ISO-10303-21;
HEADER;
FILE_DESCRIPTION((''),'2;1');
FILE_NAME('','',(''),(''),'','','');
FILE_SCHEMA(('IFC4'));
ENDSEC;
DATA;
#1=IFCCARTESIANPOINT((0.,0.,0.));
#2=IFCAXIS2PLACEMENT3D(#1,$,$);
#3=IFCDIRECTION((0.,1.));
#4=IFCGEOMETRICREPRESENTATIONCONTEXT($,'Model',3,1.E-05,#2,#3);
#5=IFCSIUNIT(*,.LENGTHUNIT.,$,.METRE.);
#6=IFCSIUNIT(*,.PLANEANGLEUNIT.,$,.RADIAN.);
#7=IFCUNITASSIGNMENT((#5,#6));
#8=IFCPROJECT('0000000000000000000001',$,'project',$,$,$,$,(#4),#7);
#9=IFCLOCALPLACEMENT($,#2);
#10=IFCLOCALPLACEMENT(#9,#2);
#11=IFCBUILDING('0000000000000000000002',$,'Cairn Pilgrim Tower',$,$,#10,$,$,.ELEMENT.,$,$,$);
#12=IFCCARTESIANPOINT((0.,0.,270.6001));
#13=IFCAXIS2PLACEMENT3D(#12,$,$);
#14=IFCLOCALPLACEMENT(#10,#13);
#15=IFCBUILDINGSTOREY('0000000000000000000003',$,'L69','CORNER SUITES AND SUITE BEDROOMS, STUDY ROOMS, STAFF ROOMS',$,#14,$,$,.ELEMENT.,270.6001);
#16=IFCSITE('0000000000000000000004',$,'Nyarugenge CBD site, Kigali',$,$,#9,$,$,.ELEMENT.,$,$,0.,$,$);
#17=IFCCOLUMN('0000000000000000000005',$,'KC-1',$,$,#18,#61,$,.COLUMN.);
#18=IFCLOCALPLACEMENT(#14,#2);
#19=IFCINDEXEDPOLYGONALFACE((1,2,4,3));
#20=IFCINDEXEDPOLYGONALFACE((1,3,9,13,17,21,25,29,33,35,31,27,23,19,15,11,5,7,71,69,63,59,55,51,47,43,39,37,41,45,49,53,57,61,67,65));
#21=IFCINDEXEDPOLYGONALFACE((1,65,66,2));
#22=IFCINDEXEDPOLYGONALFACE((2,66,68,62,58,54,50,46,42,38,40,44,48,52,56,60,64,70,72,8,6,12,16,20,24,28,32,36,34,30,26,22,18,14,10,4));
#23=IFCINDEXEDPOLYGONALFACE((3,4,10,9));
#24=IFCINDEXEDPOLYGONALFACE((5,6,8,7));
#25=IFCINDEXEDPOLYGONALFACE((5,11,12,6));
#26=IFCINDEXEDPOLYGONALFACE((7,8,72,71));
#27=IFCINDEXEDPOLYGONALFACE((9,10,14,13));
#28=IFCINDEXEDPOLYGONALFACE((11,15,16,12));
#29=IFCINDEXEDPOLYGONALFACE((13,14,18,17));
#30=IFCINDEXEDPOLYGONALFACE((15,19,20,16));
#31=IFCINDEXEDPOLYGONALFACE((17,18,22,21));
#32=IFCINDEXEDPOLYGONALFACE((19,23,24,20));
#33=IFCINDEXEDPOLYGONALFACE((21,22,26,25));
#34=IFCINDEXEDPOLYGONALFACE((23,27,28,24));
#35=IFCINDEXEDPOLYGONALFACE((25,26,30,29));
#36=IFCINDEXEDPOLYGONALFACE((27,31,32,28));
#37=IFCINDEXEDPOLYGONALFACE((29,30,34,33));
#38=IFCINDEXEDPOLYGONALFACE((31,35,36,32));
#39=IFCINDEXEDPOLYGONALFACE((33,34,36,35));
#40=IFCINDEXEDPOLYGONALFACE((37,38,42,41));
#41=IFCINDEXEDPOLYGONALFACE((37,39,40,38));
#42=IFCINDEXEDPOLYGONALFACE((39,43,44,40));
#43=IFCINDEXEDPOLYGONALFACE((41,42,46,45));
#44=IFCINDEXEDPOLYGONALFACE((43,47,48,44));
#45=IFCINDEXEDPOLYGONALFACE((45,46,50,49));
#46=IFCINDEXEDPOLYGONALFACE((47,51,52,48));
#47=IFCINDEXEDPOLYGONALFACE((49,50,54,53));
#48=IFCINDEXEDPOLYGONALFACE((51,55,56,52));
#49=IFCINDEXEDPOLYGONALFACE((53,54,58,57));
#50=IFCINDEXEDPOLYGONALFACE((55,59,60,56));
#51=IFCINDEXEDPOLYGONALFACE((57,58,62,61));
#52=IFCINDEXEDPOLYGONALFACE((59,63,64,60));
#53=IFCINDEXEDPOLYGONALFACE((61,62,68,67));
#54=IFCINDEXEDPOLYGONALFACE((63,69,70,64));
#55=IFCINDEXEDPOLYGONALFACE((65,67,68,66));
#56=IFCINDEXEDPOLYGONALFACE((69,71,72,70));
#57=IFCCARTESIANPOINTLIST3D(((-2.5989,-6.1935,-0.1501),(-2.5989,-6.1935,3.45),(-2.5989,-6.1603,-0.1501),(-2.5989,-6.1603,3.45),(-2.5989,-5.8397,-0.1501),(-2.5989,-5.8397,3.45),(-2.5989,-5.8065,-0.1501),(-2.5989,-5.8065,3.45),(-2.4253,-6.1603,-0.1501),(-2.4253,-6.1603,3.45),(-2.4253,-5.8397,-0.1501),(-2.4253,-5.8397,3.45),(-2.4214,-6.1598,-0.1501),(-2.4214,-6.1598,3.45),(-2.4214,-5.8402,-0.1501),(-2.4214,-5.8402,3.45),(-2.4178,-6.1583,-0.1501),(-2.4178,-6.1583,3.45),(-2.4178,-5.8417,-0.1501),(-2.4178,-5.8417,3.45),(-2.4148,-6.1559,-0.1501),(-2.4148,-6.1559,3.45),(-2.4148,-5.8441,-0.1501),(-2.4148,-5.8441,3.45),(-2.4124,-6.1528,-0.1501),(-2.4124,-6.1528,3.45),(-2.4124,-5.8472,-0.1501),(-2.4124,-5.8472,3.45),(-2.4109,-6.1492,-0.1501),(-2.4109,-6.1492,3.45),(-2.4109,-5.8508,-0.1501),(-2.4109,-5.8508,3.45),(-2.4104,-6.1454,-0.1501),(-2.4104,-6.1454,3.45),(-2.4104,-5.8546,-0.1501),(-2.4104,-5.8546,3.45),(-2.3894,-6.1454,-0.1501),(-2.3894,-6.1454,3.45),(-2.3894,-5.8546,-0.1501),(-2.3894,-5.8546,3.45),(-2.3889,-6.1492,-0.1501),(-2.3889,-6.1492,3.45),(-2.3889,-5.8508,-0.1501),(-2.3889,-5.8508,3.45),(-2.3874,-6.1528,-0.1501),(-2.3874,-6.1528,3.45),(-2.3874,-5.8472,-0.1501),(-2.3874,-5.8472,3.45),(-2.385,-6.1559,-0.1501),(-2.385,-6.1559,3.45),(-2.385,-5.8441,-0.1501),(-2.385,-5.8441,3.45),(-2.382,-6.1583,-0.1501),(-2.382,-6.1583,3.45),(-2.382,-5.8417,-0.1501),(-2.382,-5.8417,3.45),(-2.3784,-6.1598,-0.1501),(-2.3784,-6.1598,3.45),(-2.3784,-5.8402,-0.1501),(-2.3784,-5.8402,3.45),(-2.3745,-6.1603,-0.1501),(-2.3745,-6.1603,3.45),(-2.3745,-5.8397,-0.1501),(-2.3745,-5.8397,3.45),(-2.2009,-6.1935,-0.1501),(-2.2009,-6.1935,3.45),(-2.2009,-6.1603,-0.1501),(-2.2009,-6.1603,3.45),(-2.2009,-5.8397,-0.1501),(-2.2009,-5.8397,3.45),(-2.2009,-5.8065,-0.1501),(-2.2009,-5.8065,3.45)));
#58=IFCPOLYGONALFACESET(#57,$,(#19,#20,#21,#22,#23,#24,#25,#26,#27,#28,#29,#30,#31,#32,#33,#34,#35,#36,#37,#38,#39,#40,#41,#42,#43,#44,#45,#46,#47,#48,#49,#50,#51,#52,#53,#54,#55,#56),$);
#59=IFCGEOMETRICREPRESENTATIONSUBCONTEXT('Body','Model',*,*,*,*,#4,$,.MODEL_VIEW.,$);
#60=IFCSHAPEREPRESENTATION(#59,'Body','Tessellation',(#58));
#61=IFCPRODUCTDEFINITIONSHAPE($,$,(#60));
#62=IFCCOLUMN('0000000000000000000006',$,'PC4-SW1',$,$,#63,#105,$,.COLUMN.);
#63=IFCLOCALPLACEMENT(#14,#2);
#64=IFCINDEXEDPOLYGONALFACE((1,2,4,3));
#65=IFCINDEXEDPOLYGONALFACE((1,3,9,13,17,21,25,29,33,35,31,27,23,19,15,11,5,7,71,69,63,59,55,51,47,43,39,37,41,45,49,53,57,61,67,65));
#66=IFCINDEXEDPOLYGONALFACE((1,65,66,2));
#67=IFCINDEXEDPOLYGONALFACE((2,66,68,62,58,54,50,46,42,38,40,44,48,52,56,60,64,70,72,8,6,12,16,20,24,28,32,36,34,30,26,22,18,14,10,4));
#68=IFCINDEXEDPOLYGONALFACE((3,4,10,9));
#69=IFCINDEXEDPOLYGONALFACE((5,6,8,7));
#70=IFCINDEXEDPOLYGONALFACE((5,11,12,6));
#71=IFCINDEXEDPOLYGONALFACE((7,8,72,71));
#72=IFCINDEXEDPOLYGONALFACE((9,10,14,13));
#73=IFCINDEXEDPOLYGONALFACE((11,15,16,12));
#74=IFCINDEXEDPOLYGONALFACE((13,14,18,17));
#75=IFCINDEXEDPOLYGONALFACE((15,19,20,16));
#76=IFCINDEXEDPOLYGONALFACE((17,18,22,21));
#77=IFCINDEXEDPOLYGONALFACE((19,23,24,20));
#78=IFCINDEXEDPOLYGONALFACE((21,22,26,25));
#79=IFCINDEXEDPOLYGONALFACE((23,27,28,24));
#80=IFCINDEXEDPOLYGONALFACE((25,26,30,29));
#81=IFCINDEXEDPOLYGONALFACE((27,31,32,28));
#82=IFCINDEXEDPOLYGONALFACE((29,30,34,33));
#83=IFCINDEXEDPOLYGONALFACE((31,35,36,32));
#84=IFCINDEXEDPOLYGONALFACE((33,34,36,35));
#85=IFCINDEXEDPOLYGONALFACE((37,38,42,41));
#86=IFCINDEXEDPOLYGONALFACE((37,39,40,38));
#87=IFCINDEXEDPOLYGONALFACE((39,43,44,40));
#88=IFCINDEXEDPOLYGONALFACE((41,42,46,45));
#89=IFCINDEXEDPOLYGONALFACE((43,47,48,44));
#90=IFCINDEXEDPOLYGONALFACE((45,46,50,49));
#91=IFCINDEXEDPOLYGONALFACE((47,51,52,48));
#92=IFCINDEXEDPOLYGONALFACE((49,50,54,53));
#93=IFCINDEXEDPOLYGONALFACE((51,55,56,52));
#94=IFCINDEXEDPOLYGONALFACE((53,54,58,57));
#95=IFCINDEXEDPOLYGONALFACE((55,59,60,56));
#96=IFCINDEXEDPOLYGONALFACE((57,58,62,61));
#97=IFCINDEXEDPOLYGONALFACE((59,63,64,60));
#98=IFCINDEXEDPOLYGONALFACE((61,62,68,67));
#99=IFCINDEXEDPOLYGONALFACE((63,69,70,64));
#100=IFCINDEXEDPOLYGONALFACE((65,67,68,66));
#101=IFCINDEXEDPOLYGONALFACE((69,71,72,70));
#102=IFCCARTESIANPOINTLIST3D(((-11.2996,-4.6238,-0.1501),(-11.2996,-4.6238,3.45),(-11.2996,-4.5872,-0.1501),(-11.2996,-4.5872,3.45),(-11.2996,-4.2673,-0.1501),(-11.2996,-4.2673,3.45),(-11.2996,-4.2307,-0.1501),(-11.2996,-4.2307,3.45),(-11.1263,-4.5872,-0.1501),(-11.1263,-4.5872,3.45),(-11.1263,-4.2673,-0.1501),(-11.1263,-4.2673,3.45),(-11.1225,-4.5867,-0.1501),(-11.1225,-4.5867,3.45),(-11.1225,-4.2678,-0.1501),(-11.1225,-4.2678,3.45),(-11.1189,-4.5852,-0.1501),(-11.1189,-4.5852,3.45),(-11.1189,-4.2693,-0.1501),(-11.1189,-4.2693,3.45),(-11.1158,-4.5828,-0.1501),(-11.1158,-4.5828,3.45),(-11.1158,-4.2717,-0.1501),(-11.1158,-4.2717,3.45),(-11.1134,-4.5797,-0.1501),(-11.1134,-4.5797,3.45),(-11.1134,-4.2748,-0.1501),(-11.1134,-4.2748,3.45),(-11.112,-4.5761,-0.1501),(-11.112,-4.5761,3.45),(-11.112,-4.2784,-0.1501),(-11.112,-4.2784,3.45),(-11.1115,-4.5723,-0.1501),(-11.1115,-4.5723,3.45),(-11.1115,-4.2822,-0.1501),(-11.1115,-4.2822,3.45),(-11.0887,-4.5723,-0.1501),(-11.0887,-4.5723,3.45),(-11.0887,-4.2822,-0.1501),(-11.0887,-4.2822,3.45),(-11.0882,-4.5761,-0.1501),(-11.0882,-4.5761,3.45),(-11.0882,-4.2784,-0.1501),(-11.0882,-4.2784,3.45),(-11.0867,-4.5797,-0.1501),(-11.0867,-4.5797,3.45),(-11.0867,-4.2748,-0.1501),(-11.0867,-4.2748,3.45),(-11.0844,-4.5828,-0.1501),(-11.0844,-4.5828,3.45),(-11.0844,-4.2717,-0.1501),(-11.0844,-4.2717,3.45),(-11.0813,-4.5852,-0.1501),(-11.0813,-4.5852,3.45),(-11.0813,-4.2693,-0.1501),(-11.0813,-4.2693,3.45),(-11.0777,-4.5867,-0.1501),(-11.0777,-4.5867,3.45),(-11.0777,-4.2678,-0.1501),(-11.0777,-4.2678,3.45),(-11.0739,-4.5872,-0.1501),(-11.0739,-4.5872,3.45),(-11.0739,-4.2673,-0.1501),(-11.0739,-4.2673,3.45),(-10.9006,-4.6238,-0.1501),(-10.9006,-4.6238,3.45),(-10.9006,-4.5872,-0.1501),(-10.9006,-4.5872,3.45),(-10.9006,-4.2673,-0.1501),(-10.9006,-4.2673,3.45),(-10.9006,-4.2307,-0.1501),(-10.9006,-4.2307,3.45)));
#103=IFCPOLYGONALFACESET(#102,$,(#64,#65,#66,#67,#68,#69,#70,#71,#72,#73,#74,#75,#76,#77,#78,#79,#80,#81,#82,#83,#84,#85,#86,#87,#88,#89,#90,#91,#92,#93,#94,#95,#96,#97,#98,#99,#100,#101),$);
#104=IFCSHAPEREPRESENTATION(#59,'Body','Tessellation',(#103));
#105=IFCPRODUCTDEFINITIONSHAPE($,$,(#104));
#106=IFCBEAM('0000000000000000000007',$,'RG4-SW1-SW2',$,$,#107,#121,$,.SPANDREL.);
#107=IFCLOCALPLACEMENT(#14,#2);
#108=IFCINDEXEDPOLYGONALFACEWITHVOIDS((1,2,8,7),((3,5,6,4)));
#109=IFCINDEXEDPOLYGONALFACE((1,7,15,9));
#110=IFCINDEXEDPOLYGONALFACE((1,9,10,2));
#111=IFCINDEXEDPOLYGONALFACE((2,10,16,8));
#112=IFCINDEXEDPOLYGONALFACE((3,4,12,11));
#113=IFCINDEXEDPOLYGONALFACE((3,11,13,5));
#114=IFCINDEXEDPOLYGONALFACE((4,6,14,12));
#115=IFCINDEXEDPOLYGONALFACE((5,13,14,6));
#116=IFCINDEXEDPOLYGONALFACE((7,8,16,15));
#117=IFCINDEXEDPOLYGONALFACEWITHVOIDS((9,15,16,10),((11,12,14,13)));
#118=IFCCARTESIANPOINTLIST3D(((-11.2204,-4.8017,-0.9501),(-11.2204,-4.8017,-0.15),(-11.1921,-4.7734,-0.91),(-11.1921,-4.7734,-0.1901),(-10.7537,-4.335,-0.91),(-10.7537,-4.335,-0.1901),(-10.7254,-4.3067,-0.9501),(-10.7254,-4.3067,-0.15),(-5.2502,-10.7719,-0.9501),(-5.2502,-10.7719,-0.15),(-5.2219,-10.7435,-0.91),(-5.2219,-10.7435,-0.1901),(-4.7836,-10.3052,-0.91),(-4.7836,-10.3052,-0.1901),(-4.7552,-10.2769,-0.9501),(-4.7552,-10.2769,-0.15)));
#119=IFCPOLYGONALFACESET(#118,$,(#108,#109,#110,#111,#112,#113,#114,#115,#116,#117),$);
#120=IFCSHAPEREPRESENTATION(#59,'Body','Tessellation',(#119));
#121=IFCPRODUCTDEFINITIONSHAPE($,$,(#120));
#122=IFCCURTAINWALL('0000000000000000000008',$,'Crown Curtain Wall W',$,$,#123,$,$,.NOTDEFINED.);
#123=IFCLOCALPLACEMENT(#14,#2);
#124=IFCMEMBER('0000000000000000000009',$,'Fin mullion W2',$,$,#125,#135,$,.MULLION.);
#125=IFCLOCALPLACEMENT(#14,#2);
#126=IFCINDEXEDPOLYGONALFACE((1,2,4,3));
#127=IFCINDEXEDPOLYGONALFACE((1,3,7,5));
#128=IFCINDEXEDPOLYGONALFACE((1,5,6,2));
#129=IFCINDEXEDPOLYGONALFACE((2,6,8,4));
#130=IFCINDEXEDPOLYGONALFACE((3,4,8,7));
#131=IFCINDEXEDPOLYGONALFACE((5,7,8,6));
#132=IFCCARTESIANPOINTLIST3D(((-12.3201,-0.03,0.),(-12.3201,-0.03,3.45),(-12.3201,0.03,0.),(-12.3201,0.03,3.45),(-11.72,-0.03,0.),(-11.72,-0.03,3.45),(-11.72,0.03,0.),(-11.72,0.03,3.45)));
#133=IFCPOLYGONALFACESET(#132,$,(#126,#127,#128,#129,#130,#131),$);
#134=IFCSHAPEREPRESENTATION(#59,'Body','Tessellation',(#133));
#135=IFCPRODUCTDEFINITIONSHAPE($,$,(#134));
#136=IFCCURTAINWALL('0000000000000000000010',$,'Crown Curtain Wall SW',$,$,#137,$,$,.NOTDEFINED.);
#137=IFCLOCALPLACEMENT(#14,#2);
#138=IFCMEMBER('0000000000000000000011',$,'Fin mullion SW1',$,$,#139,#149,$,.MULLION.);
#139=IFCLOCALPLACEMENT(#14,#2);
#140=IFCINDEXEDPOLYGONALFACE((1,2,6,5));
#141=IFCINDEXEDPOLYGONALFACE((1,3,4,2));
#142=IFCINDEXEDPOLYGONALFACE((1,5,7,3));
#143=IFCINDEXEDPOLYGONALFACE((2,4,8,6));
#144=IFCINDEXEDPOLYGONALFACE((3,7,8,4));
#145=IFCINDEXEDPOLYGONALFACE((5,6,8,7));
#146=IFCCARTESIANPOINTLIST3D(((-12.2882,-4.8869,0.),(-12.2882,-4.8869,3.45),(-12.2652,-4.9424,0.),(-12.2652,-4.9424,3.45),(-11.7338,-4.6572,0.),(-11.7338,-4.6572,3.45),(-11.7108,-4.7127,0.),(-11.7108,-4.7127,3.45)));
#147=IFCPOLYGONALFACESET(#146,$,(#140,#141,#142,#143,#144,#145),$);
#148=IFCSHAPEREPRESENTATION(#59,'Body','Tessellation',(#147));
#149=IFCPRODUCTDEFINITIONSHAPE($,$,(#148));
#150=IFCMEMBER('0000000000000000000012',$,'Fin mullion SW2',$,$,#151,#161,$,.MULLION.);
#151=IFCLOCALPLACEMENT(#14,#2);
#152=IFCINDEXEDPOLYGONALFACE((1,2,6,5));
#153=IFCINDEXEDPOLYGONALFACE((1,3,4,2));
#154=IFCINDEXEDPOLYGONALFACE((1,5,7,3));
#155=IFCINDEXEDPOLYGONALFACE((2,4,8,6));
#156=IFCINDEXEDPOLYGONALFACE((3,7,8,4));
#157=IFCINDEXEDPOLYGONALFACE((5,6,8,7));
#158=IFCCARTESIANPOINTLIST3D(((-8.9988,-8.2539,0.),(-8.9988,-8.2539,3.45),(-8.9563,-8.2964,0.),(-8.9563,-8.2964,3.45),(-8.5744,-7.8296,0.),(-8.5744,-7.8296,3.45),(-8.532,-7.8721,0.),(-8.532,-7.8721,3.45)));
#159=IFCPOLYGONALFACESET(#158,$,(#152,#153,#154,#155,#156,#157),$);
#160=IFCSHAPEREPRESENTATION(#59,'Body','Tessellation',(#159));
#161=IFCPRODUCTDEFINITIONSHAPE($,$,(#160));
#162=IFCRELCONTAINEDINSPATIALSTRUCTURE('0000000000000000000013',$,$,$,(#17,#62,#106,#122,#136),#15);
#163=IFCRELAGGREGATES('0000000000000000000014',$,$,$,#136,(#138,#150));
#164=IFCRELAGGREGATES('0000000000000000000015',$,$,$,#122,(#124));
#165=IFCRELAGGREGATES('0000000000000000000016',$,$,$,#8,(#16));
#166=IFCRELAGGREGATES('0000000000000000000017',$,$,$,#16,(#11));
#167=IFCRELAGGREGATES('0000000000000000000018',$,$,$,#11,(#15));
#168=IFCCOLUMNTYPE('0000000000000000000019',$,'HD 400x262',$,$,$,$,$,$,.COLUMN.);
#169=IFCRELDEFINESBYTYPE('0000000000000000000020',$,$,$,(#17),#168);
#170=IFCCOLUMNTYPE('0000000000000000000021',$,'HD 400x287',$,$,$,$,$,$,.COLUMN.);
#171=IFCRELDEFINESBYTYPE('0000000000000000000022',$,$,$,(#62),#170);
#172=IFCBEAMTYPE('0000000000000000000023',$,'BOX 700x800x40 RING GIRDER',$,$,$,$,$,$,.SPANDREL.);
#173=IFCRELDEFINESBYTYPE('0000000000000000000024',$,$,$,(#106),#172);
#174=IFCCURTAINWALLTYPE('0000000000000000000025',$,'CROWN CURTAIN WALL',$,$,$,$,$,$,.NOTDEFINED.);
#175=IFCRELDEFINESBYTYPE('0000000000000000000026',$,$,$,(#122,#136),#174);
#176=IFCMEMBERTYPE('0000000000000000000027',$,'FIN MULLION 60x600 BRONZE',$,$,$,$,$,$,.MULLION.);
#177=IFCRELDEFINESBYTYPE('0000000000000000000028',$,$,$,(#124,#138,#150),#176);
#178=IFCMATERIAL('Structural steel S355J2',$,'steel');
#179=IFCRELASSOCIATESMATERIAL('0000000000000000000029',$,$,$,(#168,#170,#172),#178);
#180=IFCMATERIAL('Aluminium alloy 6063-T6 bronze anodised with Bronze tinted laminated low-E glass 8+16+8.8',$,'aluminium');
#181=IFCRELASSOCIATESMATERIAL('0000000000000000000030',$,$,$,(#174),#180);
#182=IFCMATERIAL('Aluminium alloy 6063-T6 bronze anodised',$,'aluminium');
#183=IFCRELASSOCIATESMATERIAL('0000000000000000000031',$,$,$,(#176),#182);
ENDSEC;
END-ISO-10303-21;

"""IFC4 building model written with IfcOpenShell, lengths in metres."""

from ifc_helpers import new_model, si_unit, direction, frame, origin, origin_2d, place, context, subcontext, project, spatial, rectangle, hollow_rectangle, i_section, extrude, material, material_profile, profile_set, type_object, element, aggregate, save


model = new_model("IFC4")

# Units and contexts
model_context = context("Model", 3, precision=1e-05, world=origin(), true_north=direction((0.0, 1.0)))
body_context = subcontext(model_context, "Body", "Model", "MODEL_VIEW")
ifc_project = project(units=[si_unit("LENGTHUNIT", "METRE"), si_unit("PLANEANGLEUNIT", "RADIAN")], contexts=[model_context])

# Site, building, storey
site_placement = place(None, origin())
site = spatial("IfcSite", under=ifc_project, at=site_placement, Name="Nyarugenge CBD site, Kigali", CompositionType="ELEMENT", RefElevation=0.0)
building_placement = place(site_placement, origin())
building = spatial("IfcBuilding", under=site, at=building_placement, Name="Cairn Pilgrim Tower", CompositionType="ELEMENT")
storey_placement = place(building_placement, frame((0.0, 0.0, 270.6001)))
storey = spatial("IfcBuildingStorey", under=building, at=storey_placement, Name="L69", Description="CORNER SUITES AND SUITE BEDROOMS, STUDY ROOMS, STAFF ROOMS", CompositionType="ELEMENT", Elevation=270.6001)

# Columns
ifc_material_1 = material(Name="Structural steel S355J2", Category="steel")
ifc_material_profile_1 = material_profile(ifc_material_1, i_section(OverallWidth=0.3979, OverallDepth=0.387, WebThickness=0.021, FlangeThickness=0.0332, FilletRadius=0.0149, at=origin_2d()), Name="HD 400x262")
ifc_profile_set_1 = profile_set([ifc_material_profile_1], Name="Structural steel S355J2")
column_type_1 = type_object("IfcColumnType", Name="HD 400x262", PredefinedType="COLUMN", material=ifc_profile_set_1)
column_1_placement = place(storey_placement, frame((-2.3999, -6.0, -0.1501), z_axis=(0.0, 0.0, 1.0), x_axis=(1.0, 0.0, 0.0)))
element("IfcColumn", 1, at=column_1_placement, inside=storey, type_object=column_type_1, Name="KC-1", PredefinedType="COLUMN", context=body_context, shape_type="SweptSolid", body=[
    extrude(i_section(OverallWidth=0.3979, OverallDepth=0.387, WebThickness=0.021, FlangeThickness=0.0332, FilletRadius=0.0149, at=origin_2d()), origin(), (0.0, 0.0, 1.0), 3.6001),
])
ifc_material_profile_2 = material_profile(ifc_material_1, i_section(OverallWidth=0.3989, OverallDepth=0.3931, WebThickness=0.0227, FlangeThickness=0.0366, FilletRadius=0.0149, at=origin_2d()), Name="HD 400x287")
ifc_profile_set_2 = profile_set([ifc_material_profile_2], Name="Structural steel S355J2")
column_type_2 = type_object("IfcColumnType", Name="HD 400x287", PredefinedType="COLUMN", material=ifc_profile_set_2)
column_2_placement = place(storey_placement, frame((-11.1001, -4.4272, -0.1501), z_axis=(0.0, 0.0, 1.0), x_axis=(1.0, 0.0, 0.0)))
element("IfcColumn", 2, at=column_2_placement, inside=storey, type_object=column_type_2, Name="PC4-SW1", PredefinedType="COLUMN", context=body_context, shape_type="SweptSolid", body=[
    extrude(i_section(OverallWidth=0.3989, OverallDepth=0.3931, WebThickness=0.0227, FlangeThickness=0.0366, FilletRadius=0.0149, at=origin_2d()), origin(), (0.0, 0.0, 1.0), 3.6001),
])

# Beam
ifc_material_profile_3 = material_profile(ifc_material_1, hollow_rectangle(XDim=0.7, YDim=0.8, WallThickness=0.04, at=origin_2d()), Name="BOX 700x800x40")
ifc_profile_set_3 = profile_set([ifc_material_profile_3], Name="Structural steel S355J2")
beam_type_1 = type_object("IfcBeamType", Name="BOX 700x800x40 RING GIRDER", PredefinedType="SPANDREL", material=ifc_profile_set_3)
beam_1_placement = place(storey_placement, frame((-10.9729, -4.5542, -0.55), z_axis=(0.707107, -0.707107, 0.0), x_axis=(0.707107, 0.707107, 0.0)))
element("IfcBeam", 3, at=beam_1_placement, inside=storey, type_object=beam_type_1, Name="RG4-SW1-SW2", PredefinedType="SPANDREL", context=body_context, shape_type="SweptSolid", body=[
    extrude(hollow_rectangle(XDim=0.7, YDim=0.8, WallThickness=0.04, at=origin_2d()), origin(), (0.0, 0.0, 1.0), 8.4431),
])

# Curtain wall, member
ifc_material_2 = material(Name="Aluminium alloy 6063-T6 bronze anodised with Bronze tinted laminated low-E glass 8+16+8.8", Category="aluminium")
curtain_wall_type = type_object("IfcCurtainWallType", Name="CROWN CURTAIN WALL", PredefinedType="NOTDEFINED", material=ifc_material_2)
curtain_wall_1_placement = place(storey_placement, origin())
curtain_wall_1 = element("IfcCurtainWall", 4, at=curtain_wall_1_placement, inside=storey, type_object=curtain_wall_type, Name="Crown Curtain Wall W", PredefinedType="NOTDEFINED")
ifc_material_3 = material(Name="Aluminium alloy 6063-T6 bronze anodised", Category="aluminium")
ifc_material_profile_4 = material_profile(ifc_material_3, rectangle(XDim=0.6001, YDim=0.0601, at=origin_2d()), Name="FIN MULLION 60x600 BRONZE")
ifc_profile_set_4 = profile_set([ifc_material_profile_4], Name="Aluminium alloy 6063-T6 bronze anodised")
member_type_1 = type_object("IfcMemberType", Name="FIN MULLION 60x600 BRONZE", PredefinedType="MULLION", material=ifc_profile_set_4)
member_1_placement = place(storey_placement, frame((-12.02, 0.0, 0.0), z_axis=(0.0, 0.0, 1.0), x_axis=(-1.0, 0.0, 0.0)))
member_1 = element("IfcMember", 5, at=member_1_placement, type_object=member_type_1, Name="Fin mullion W2", PredefinedType="MULLION", context=body_context, shape_type="SweptSolid", body=[
    extrude(rectangle(XDim=0.6001, YDim=0.0601, at=origin_2d()), origin(), (0.0, 0.0, 1.0), 3.45),
])

# Curtain wall, members
curtain_wall_2_placement = place(storey_placement, origin())
curtain_wall_2 = element("IfcCurtainWall", 6, at=curtain_wall_2_placement, inside=storey, type_object=curtain_wall_type, Name="Crown Curtain Wall SW", PredefinedType="NOTDEFINED")
member_2_placement = place(storey_placement, frame((-11.9995, -4.7998, 0.0), z_axis=(0.0, 0.0, 1.0), x_axis=(-0.92388, -0.382683, 0.0)))
member_2 = element("IfcMember", 7, at=member_2_placement, type_object=member_type_1, Name="Fin mullion SW1", PredefinedType="MULLION", context=body_context, shape_type="SweptSolid", body=[
    extrude(rectangle(XDim=0.6001, YDim=0.0601, at=origin_2d()), origin(), (0.0, 0.0, 1.0), 3.45),
])
member_3_placement = place(storey_placement, frame((-8.7654, -8.063, 0.0), z_axis=(0.0, 0.0, 1.0), x_axis=(-0.707107, -0.707107, 0.0)))
member_3 = element("IfcMember", 8, at=member_3_placement, type_object=member_type_1, Name="Fin mullion SW2", PredefinedType="MULLION", context=body_context, shape_type="SweptSolid", body=[
    extrude(rectangle(XDim=0.6001, YDim=0.0601, at=origin_2d()), origin(), (0.0, 0.0, 1.0), 3.45),
])

aggregate(curtain_wall_2, [member_2, member_3])
aggregate(curtain_wall_1, [member_1])

save(model, "model.ifc")
